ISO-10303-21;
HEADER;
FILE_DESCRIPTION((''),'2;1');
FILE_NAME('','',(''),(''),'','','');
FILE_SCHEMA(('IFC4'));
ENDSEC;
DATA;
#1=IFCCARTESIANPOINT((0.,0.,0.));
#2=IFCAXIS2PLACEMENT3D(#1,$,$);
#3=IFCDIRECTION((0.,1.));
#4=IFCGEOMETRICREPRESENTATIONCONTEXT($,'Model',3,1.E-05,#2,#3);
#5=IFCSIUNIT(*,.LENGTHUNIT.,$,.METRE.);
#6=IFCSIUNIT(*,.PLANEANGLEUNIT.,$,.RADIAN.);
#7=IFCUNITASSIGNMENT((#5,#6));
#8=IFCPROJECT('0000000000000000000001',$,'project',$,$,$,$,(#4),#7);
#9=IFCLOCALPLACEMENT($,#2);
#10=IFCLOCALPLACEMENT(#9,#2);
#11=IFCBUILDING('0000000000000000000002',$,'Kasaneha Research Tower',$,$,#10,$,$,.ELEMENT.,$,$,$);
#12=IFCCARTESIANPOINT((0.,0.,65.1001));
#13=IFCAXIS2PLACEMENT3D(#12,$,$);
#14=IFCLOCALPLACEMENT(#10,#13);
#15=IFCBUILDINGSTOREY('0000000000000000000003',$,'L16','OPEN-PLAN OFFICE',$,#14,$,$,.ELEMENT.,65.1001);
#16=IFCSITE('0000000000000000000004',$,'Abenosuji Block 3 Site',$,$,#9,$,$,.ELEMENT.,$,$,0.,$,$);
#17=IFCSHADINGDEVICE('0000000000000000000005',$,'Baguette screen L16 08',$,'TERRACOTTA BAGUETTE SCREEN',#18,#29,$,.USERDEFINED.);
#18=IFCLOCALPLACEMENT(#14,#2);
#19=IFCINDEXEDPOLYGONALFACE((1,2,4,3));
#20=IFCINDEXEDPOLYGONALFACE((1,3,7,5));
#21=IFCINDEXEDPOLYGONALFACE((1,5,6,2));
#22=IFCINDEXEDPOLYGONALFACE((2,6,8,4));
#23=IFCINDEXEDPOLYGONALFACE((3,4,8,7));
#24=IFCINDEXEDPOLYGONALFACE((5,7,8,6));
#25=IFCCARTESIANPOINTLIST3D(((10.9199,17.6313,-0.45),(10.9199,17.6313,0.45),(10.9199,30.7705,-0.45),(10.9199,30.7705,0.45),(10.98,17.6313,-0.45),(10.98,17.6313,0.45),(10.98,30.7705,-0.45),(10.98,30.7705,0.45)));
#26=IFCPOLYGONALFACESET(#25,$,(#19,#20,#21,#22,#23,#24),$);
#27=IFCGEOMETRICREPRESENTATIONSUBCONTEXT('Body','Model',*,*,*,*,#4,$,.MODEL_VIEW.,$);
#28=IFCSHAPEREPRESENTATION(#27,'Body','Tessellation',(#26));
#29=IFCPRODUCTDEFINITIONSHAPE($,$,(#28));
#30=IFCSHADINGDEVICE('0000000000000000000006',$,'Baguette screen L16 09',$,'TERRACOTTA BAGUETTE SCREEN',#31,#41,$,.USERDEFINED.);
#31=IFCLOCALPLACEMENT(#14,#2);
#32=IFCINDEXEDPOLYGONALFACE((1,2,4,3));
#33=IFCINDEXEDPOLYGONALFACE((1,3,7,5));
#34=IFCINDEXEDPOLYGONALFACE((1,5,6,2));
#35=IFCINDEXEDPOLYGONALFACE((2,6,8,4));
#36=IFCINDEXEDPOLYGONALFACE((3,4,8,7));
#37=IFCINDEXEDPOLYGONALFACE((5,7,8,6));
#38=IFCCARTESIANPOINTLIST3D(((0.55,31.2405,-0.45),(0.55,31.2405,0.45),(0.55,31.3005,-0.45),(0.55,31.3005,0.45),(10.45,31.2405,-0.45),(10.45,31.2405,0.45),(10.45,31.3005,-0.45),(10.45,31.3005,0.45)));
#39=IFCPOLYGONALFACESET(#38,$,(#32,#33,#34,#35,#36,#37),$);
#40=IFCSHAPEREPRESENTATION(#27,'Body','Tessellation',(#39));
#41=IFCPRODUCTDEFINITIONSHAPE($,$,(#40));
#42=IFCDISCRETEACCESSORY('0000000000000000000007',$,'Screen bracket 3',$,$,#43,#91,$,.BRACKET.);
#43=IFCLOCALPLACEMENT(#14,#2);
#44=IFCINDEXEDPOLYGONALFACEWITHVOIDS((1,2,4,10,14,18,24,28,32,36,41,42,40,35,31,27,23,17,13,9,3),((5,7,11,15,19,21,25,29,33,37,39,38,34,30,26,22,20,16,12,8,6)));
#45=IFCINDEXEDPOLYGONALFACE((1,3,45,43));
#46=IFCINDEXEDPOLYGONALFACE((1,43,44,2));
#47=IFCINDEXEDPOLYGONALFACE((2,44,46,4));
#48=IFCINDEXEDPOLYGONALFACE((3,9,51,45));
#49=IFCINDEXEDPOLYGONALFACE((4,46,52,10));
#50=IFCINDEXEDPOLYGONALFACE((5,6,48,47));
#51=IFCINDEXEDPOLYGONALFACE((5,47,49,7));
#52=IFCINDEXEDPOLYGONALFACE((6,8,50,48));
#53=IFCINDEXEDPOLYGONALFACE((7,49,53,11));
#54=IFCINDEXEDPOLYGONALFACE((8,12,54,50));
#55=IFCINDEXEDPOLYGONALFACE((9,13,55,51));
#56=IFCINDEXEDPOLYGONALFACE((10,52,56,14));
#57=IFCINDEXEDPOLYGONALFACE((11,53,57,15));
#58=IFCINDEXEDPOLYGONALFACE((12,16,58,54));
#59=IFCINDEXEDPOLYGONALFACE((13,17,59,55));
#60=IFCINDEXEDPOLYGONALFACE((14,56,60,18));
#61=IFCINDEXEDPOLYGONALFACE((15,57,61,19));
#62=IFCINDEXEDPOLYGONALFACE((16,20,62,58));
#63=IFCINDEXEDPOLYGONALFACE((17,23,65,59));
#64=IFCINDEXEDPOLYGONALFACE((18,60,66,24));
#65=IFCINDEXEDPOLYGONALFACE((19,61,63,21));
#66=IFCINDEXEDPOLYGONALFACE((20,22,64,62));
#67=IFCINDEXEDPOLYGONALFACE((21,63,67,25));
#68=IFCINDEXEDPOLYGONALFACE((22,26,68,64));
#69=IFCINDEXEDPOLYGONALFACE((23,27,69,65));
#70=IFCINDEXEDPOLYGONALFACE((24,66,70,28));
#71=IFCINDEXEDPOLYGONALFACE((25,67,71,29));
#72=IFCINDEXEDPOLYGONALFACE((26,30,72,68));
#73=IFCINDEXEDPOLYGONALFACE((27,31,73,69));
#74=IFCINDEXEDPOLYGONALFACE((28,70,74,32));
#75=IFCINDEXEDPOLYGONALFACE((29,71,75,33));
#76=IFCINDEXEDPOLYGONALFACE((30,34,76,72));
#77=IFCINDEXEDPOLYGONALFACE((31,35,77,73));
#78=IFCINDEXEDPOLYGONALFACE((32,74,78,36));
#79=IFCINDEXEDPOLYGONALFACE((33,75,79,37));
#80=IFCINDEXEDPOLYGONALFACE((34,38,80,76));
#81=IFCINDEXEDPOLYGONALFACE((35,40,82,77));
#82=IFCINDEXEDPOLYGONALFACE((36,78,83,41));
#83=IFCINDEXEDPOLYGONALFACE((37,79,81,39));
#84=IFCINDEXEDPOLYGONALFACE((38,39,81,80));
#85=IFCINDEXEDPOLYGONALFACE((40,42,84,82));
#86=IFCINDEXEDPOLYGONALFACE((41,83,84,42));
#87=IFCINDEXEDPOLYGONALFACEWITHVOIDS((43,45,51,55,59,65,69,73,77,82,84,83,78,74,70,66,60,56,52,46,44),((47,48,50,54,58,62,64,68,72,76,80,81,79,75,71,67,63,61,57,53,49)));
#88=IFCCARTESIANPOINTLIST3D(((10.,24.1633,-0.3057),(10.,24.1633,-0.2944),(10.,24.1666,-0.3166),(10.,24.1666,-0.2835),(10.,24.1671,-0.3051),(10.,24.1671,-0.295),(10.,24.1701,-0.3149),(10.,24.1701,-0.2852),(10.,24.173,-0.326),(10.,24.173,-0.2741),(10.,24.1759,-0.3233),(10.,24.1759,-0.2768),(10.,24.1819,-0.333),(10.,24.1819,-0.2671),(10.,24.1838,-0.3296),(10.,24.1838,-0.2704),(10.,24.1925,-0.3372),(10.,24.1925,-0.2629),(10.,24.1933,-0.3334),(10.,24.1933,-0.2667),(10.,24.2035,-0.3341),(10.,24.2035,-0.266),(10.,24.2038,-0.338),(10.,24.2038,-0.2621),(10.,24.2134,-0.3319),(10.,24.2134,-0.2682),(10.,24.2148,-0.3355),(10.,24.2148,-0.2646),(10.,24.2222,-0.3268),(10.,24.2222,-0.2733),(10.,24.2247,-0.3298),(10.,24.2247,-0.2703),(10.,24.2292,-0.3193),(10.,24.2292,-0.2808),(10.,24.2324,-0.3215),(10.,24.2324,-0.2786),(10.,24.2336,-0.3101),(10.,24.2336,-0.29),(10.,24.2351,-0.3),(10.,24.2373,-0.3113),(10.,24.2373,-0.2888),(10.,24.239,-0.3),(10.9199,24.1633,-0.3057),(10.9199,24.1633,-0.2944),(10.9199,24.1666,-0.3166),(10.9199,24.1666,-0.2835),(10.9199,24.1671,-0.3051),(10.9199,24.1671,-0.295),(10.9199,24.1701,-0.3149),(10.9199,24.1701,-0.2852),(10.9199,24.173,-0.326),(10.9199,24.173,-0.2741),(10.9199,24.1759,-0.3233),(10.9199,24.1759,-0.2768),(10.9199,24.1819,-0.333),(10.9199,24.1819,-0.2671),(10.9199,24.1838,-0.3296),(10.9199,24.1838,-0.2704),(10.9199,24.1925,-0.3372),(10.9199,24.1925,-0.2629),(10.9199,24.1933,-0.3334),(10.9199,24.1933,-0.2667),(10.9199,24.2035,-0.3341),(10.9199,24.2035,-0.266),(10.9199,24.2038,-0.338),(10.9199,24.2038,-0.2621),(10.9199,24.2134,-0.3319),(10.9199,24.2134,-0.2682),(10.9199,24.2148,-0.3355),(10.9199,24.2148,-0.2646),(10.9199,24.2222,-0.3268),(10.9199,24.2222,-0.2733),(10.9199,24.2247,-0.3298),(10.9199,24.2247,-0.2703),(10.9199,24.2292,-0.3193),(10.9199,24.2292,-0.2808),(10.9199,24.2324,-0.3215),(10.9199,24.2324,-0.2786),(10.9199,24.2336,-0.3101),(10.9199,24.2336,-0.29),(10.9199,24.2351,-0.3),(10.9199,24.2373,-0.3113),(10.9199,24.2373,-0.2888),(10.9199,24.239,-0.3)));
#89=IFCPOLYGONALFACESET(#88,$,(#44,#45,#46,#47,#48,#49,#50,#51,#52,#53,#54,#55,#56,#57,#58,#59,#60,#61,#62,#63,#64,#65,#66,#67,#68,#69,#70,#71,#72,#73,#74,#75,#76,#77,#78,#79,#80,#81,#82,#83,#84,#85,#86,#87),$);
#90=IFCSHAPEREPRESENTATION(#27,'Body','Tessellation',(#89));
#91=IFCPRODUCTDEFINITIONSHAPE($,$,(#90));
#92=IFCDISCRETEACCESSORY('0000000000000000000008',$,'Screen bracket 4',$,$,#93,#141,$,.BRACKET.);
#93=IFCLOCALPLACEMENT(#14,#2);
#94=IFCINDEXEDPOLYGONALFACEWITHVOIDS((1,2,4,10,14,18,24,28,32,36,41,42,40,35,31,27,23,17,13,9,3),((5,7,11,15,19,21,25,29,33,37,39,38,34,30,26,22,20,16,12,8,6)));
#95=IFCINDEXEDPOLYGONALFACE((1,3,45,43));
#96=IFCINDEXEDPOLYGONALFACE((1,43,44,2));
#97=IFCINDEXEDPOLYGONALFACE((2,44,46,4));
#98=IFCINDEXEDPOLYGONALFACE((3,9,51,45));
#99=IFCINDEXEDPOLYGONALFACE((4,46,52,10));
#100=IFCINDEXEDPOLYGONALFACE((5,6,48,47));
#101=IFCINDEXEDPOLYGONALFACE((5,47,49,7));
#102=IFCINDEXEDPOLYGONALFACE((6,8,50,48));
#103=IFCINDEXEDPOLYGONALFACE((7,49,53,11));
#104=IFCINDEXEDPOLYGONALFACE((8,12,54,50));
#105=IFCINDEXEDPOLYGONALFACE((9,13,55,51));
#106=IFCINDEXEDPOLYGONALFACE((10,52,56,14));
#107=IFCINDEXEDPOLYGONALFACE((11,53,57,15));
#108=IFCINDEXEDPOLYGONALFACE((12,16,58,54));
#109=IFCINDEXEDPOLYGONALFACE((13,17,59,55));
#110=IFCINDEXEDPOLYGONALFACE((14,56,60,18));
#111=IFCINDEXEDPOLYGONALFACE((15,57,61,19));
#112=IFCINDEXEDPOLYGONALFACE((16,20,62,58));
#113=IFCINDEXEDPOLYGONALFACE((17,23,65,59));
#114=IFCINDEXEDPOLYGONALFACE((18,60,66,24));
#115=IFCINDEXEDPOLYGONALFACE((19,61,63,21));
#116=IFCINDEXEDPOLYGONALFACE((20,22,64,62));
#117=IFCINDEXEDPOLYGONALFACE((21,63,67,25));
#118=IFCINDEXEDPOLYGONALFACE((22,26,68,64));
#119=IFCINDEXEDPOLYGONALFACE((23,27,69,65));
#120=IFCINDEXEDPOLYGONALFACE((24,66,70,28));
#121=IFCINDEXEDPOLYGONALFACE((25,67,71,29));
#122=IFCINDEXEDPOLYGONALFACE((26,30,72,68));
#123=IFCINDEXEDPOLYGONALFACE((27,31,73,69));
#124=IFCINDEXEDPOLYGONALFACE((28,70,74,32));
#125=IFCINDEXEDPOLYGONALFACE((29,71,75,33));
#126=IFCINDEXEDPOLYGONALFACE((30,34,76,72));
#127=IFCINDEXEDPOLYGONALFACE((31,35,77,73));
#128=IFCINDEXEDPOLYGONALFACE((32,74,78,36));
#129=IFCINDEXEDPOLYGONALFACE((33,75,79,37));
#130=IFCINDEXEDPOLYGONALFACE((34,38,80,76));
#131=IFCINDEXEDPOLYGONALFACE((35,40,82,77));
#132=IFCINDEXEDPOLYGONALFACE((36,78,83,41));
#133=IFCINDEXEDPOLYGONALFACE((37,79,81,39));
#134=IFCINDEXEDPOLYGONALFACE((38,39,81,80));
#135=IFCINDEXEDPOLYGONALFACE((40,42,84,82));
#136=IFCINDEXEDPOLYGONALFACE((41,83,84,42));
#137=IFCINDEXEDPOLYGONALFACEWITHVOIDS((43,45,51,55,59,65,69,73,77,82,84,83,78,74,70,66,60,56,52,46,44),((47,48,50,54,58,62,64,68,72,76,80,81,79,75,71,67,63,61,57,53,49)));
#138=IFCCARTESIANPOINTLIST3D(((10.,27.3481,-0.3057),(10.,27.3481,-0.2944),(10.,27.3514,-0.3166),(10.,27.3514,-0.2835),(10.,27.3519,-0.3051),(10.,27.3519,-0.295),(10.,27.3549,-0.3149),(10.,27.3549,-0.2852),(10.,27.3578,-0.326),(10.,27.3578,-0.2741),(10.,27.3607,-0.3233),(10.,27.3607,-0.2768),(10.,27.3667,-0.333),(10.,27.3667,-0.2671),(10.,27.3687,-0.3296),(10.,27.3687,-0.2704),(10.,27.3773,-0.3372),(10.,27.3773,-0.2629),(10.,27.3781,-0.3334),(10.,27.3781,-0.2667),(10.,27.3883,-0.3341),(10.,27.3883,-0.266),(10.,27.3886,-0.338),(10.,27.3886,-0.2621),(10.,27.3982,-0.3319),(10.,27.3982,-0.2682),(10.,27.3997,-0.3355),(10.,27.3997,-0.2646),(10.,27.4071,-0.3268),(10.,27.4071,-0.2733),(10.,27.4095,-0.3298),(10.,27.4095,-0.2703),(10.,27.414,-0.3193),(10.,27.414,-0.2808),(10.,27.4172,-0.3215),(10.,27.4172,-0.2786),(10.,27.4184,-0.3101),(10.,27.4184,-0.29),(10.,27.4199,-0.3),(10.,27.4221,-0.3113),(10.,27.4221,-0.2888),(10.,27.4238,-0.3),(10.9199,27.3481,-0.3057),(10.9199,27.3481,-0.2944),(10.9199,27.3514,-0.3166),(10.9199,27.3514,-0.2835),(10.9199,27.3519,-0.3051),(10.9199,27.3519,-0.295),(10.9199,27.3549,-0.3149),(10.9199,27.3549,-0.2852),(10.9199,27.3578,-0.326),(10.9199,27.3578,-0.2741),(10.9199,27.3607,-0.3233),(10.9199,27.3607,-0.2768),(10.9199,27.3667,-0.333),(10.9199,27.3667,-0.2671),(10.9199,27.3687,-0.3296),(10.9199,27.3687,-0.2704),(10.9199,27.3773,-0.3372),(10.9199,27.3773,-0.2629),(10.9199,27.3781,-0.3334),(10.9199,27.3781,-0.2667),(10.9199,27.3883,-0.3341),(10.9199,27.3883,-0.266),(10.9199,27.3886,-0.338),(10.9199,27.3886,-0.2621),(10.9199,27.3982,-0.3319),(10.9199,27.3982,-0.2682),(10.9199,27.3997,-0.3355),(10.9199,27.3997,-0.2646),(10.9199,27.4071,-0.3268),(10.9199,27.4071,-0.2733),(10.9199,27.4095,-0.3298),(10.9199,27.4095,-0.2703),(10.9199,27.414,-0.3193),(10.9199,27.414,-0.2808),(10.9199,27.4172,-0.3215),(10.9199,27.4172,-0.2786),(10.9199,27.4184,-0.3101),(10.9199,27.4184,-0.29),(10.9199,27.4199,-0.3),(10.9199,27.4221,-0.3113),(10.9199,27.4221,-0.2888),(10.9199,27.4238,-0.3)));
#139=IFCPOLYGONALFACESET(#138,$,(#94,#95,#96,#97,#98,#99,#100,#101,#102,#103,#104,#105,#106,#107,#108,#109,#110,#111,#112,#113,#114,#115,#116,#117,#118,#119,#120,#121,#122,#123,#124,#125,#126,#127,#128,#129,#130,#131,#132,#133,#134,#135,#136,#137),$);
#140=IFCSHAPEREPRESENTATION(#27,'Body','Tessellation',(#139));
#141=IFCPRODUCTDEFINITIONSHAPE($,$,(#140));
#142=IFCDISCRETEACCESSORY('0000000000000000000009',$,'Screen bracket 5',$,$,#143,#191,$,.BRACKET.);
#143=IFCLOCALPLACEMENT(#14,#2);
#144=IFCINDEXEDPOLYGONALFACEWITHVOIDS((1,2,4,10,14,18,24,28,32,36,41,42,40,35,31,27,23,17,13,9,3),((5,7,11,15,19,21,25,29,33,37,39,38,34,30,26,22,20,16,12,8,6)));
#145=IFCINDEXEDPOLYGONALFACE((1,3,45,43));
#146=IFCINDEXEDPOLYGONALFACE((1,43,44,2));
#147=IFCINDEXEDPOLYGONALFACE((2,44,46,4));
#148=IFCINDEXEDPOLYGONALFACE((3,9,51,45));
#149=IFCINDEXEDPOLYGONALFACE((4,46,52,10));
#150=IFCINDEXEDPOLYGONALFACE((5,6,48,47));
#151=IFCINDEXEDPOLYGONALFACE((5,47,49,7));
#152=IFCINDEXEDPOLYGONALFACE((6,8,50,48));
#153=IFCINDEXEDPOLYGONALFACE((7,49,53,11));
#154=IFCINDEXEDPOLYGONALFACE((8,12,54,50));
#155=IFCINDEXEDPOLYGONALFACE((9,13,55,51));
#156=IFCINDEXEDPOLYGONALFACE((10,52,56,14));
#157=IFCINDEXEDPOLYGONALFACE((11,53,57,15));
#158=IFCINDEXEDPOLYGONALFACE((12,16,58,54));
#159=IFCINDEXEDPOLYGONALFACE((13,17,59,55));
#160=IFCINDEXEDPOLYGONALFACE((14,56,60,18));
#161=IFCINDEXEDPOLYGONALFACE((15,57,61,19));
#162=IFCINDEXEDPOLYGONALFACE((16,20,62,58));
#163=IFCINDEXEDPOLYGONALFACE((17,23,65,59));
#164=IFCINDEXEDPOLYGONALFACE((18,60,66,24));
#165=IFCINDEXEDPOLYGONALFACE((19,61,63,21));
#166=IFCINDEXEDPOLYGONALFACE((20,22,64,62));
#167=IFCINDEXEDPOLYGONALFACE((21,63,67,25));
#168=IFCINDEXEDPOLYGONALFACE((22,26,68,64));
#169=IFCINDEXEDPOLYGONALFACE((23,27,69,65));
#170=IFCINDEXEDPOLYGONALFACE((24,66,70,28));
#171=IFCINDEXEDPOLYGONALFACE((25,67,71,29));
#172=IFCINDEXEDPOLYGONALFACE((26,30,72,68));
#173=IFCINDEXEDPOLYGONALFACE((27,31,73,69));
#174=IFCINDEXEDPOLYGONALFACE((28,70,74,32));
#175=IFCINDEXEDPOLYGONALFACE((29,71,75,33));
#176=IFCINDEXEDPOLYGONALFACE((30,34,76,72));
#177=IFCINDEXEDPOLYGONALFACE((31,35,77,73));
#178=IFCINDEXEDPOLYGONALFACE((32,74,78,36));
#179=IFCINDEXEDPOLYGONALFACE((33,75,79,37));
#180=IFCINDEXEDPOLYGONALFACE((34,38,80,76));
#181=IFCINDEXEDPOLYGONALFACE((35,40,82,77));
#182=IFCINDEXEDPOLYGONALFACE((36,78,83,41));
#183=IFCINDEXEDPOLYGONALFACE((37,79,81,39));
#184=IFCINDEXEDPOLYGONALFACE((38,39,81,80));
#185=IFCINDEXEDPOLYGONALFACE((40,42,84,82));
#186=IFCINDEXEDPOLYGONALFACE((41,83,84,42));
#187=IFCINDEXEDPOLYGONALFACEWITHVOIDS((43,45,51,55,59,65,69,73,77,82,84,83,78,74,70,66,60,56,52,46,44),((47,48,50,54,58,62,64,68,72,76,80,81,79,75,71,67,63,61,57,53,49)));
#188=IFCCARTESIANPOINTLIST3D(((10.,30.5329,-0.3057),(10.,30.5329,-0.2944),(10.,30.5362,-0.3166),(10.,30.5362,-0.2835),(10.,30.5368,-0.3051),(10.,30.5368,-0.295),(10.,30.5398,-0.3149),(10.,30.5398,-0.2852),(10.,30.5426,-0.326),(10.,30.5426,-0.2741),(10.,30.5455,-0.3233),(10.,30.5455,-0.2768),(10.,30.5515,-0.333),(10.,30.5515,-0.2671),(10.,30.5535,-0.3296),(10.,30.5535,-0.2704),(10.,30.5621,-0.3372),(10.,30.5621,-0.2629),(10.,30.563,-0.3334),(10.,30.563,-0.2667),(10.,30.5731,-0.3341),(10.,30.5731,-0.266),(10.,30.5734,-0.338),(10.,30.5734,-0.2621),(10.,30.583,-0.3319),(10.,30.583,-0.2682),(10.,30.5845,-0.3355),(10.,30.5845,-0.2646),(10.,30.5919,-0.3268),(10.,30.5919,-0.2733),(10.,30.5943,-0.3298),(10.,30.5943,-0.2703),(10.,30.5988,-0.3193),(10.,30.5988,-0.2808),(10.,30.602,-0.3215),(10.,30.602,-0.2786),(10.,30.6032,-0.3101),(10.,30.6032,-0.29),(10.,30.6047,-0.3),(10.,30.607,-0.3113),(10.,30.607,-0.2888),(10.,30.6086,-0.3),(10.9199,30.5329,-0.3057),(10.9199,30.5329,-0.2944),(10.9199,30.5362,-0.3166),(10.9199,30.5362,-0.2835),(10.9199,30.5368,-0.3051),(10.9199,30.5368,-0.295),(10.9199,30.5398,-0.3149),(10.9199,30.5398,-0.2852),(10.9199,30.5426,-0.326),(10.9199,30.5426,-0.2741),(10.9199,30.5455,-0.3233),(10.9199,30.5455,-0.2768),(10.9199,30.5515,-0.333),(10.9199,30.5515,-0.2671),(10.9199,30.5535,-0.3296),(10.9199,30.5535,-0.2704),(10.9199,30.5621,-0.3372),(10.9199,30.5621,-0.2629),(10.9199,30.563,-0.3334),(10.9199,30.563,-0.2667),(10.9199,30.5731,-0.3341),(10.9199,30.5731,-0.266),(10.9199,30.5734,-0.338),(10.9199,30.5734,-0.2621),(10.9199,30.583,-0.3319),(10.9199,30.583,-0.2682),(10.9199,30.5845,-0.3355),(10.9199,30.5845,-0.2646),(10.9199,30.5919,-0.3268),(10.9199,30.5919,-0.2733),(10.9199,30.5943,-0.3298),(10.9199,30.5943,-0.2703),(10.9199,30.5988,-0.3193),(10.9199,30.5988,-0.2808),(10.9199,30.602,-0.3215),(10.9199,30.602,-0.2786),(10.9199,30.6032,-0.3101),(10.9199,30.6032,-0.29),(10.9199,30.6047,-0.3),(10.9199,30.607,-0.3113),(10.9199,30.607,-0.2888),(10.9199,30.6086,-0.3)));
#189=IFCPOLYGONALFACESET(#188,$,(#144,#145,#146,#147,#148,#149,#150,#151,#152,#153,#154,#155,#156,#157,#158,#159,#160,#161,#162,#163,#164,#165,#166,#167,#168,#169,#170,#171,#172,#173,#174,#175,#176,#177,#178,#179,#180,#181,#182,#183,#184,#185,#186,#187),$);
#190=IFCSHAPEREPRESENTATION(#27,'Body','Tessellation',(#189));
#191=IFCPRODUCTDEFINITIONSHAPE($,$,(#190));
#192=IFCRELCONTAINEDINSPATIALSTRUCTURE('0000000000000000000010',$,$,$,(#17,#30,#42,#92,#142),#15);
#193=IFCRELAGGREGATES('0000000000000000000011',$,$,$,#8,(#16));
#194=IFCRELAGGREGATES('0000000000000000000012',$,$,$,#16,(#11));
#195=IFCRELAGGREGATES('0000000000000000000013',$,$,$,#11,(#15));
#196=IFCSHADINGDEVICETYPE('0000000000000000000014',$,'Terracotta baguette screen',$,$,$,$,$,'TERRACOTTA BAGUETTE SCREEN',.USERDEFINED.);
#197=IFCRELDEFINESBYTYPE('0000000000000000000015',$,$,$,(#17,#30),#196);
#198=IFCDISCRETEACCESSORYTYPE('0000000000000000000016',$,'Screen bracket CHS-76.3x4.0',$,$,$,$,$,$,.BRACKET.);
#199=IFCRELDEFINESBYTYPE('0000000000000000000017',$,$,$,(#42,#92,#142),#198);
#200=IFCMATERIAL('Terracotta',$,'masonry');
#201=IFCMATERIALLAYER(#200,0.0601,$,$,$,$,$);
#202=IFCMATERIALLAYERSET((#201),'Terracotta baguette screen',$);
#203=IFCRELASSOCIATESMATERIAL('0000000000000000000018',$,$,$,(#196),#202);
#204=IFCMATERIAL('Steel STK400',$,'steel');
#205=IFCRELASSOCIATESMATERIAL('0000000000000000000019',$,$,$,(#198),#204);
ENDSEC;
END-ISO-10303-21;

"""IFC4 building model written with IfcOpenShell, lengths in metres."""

from ifc_helpers import new_model, si_unit, direction, frame, origin, origin_2d, place, context, subcontext, project, spatial, rectangle, hollow_circle, extrude, material, layer, layer_set, material_profile, profile_set, type_object, element, save


model = new_model("IFC4")

# Units and contexts
model_context = context("Model", 3, precision=1e-05, world=origin(), true_north=direction((0.0, 1.0)))
body_context = subcontext(model_context, "Body", "Model", "MODEL_VIEW")
ifc_project = project(units=[si_unit("LENGTHUNIT", "METRE"), si_unit("PLANEANGLEUNIT", "RADIAN")], contexts=[model_context])

# Site, building, storey
site_placement = place(None, origin())
site = spatial("IfcSite", under=ifc_project, at=site_placement, Name="Abenosuji Block 3 Site", CompositionType="ELEMENT", RefElevation=0.0)
building_placement = place(site_placement, origin())
building = spatial("IfcBuilding", under=site, at=building_placement, Name="Kasaneha Research Tower", CompositionType="ELEMENT")
storey_placement = place(building_placement, frame((0.0, 0.0, 65.1001)))
storey = spatial("IfcBuildingStorey", under=building, at=storey_placement, Name="L16", Description="OPEN-PLAN OFFICE", CompositionType="ELEMENT", Elevation=65.1001)

# Shading devices
ifc_material_1 = material(Name="Terracotta", Category="masonry")
ifc_layer_1 = layer(ifc_material_1, 0.0601)
ifc_layer_set_1 = layer_set([ifc_layer_1], Name="Terracotta baguette screen")
shading_device_type = type_object("IfcShadingDeviceType", Name="Terracotta baguette screen", ElementType="TERRACOTTA BAGUETTE SCREEN", PredefinedType="USERDEFINED", material=ifc_layer_set_1)
shading_device_1_placement = place(storey_placement, frame((10.95, 24.2009, -0.45), z_axis=(0.0, 0.0, 1.0), x_axis=(0.0, 1.0, 0.0)))
element("IfcShadingDevice", 1, at=shading_device_1_placement, inside=storey, type_object=shading_device_type, Name="Baguette screen L16 08", ObjectType="TERRACOTTA BAGUETTE SCREEN", PredefinedType="USERDEFINED", context=body_context, shape_type="SweptSolid", body=[
    extrude(rectangle(XDim=13.1392, YDim=0.0601, at=origin_2d()), origin(), (0.0, 0.0, 1.0), 0.8999),
])
shading_device_2_placement = place(storey_placement, frame((5.5, 31.2705, -0.45), z_axis=(0.0, 0.0, 1.0), x_axis=(-1.0, 0.0, 0.0)))
element("IfcShadingDevice", 2, at=shading_device_2_placement, inside=storey, type_object=shading_device_type, Name="Baguette screen L16 09", ObjectType="TERRACOTTA BAGUETTE SCREEN", PredefinedType="USERDEFINED", context=body_context, shape_type="SweptSolid", body=[
    extrude(rectangle(XDim=9.8999, YDim=0.0601, at=origin_2d()), origin(), (0.0, 0.0, 1.0), 0.8999),
])

# Discrete accessories
ifc_material_2 = material(Name="Steel STK400", Category="steel")
ifc_material_profile_1 = material_profile(ifc_material_2, hollow_circle(Radius=0.0381, WallThickness=0.0039, at=origin_2d()), Name="CHS-76.3x4.0")
ifc_profile_set_1 = profile_set([ifc_material_profile_1], Name="Steel STK400")
discrete_accessory_type = type_object("IfcDiscreteAccessoryType", Name="Screen bracket CHS-76.3x4.0", PredefinedType="BRACKET", material=ifc_profile_set_1)
for number, where, z_axis, x_axis, name in (
    (3, (10.0, 24.2009, -0.3), (1.0, 0.0, 0.0), (0.0, 1.0, 0.0), "Screen bracket 3"),
    (4, (10.0, 27.3857, -0.3), (1.0, 0.0, 0.0), (0.0, 1.0, 0.0), "Screen bracket 4"),
    (5, (10.0, 30.5706, -0.3), (1.0, 0.0, 0.0), (0.0, 1.0, 0.0), "Screen bracket 5"),
):
    element("IfcDiscreteAccessory", number, at=place(storey_placement, frame(where, z_axis=z_axis, x_axis=x_axis)), inside=storey, type_object=discrete_accessory_type, Name=name, PredefinedType="BRACKET", context=body_context, shape_type="SweptSolid", body=[
        extrude(hollow_circle(Radius=0.0381, WallThickness=0.0039, at=origin_2d()), origin(), (0.0, 0.0, 1.0), 0.9199),
    ])

save(model, "model.ifc")
